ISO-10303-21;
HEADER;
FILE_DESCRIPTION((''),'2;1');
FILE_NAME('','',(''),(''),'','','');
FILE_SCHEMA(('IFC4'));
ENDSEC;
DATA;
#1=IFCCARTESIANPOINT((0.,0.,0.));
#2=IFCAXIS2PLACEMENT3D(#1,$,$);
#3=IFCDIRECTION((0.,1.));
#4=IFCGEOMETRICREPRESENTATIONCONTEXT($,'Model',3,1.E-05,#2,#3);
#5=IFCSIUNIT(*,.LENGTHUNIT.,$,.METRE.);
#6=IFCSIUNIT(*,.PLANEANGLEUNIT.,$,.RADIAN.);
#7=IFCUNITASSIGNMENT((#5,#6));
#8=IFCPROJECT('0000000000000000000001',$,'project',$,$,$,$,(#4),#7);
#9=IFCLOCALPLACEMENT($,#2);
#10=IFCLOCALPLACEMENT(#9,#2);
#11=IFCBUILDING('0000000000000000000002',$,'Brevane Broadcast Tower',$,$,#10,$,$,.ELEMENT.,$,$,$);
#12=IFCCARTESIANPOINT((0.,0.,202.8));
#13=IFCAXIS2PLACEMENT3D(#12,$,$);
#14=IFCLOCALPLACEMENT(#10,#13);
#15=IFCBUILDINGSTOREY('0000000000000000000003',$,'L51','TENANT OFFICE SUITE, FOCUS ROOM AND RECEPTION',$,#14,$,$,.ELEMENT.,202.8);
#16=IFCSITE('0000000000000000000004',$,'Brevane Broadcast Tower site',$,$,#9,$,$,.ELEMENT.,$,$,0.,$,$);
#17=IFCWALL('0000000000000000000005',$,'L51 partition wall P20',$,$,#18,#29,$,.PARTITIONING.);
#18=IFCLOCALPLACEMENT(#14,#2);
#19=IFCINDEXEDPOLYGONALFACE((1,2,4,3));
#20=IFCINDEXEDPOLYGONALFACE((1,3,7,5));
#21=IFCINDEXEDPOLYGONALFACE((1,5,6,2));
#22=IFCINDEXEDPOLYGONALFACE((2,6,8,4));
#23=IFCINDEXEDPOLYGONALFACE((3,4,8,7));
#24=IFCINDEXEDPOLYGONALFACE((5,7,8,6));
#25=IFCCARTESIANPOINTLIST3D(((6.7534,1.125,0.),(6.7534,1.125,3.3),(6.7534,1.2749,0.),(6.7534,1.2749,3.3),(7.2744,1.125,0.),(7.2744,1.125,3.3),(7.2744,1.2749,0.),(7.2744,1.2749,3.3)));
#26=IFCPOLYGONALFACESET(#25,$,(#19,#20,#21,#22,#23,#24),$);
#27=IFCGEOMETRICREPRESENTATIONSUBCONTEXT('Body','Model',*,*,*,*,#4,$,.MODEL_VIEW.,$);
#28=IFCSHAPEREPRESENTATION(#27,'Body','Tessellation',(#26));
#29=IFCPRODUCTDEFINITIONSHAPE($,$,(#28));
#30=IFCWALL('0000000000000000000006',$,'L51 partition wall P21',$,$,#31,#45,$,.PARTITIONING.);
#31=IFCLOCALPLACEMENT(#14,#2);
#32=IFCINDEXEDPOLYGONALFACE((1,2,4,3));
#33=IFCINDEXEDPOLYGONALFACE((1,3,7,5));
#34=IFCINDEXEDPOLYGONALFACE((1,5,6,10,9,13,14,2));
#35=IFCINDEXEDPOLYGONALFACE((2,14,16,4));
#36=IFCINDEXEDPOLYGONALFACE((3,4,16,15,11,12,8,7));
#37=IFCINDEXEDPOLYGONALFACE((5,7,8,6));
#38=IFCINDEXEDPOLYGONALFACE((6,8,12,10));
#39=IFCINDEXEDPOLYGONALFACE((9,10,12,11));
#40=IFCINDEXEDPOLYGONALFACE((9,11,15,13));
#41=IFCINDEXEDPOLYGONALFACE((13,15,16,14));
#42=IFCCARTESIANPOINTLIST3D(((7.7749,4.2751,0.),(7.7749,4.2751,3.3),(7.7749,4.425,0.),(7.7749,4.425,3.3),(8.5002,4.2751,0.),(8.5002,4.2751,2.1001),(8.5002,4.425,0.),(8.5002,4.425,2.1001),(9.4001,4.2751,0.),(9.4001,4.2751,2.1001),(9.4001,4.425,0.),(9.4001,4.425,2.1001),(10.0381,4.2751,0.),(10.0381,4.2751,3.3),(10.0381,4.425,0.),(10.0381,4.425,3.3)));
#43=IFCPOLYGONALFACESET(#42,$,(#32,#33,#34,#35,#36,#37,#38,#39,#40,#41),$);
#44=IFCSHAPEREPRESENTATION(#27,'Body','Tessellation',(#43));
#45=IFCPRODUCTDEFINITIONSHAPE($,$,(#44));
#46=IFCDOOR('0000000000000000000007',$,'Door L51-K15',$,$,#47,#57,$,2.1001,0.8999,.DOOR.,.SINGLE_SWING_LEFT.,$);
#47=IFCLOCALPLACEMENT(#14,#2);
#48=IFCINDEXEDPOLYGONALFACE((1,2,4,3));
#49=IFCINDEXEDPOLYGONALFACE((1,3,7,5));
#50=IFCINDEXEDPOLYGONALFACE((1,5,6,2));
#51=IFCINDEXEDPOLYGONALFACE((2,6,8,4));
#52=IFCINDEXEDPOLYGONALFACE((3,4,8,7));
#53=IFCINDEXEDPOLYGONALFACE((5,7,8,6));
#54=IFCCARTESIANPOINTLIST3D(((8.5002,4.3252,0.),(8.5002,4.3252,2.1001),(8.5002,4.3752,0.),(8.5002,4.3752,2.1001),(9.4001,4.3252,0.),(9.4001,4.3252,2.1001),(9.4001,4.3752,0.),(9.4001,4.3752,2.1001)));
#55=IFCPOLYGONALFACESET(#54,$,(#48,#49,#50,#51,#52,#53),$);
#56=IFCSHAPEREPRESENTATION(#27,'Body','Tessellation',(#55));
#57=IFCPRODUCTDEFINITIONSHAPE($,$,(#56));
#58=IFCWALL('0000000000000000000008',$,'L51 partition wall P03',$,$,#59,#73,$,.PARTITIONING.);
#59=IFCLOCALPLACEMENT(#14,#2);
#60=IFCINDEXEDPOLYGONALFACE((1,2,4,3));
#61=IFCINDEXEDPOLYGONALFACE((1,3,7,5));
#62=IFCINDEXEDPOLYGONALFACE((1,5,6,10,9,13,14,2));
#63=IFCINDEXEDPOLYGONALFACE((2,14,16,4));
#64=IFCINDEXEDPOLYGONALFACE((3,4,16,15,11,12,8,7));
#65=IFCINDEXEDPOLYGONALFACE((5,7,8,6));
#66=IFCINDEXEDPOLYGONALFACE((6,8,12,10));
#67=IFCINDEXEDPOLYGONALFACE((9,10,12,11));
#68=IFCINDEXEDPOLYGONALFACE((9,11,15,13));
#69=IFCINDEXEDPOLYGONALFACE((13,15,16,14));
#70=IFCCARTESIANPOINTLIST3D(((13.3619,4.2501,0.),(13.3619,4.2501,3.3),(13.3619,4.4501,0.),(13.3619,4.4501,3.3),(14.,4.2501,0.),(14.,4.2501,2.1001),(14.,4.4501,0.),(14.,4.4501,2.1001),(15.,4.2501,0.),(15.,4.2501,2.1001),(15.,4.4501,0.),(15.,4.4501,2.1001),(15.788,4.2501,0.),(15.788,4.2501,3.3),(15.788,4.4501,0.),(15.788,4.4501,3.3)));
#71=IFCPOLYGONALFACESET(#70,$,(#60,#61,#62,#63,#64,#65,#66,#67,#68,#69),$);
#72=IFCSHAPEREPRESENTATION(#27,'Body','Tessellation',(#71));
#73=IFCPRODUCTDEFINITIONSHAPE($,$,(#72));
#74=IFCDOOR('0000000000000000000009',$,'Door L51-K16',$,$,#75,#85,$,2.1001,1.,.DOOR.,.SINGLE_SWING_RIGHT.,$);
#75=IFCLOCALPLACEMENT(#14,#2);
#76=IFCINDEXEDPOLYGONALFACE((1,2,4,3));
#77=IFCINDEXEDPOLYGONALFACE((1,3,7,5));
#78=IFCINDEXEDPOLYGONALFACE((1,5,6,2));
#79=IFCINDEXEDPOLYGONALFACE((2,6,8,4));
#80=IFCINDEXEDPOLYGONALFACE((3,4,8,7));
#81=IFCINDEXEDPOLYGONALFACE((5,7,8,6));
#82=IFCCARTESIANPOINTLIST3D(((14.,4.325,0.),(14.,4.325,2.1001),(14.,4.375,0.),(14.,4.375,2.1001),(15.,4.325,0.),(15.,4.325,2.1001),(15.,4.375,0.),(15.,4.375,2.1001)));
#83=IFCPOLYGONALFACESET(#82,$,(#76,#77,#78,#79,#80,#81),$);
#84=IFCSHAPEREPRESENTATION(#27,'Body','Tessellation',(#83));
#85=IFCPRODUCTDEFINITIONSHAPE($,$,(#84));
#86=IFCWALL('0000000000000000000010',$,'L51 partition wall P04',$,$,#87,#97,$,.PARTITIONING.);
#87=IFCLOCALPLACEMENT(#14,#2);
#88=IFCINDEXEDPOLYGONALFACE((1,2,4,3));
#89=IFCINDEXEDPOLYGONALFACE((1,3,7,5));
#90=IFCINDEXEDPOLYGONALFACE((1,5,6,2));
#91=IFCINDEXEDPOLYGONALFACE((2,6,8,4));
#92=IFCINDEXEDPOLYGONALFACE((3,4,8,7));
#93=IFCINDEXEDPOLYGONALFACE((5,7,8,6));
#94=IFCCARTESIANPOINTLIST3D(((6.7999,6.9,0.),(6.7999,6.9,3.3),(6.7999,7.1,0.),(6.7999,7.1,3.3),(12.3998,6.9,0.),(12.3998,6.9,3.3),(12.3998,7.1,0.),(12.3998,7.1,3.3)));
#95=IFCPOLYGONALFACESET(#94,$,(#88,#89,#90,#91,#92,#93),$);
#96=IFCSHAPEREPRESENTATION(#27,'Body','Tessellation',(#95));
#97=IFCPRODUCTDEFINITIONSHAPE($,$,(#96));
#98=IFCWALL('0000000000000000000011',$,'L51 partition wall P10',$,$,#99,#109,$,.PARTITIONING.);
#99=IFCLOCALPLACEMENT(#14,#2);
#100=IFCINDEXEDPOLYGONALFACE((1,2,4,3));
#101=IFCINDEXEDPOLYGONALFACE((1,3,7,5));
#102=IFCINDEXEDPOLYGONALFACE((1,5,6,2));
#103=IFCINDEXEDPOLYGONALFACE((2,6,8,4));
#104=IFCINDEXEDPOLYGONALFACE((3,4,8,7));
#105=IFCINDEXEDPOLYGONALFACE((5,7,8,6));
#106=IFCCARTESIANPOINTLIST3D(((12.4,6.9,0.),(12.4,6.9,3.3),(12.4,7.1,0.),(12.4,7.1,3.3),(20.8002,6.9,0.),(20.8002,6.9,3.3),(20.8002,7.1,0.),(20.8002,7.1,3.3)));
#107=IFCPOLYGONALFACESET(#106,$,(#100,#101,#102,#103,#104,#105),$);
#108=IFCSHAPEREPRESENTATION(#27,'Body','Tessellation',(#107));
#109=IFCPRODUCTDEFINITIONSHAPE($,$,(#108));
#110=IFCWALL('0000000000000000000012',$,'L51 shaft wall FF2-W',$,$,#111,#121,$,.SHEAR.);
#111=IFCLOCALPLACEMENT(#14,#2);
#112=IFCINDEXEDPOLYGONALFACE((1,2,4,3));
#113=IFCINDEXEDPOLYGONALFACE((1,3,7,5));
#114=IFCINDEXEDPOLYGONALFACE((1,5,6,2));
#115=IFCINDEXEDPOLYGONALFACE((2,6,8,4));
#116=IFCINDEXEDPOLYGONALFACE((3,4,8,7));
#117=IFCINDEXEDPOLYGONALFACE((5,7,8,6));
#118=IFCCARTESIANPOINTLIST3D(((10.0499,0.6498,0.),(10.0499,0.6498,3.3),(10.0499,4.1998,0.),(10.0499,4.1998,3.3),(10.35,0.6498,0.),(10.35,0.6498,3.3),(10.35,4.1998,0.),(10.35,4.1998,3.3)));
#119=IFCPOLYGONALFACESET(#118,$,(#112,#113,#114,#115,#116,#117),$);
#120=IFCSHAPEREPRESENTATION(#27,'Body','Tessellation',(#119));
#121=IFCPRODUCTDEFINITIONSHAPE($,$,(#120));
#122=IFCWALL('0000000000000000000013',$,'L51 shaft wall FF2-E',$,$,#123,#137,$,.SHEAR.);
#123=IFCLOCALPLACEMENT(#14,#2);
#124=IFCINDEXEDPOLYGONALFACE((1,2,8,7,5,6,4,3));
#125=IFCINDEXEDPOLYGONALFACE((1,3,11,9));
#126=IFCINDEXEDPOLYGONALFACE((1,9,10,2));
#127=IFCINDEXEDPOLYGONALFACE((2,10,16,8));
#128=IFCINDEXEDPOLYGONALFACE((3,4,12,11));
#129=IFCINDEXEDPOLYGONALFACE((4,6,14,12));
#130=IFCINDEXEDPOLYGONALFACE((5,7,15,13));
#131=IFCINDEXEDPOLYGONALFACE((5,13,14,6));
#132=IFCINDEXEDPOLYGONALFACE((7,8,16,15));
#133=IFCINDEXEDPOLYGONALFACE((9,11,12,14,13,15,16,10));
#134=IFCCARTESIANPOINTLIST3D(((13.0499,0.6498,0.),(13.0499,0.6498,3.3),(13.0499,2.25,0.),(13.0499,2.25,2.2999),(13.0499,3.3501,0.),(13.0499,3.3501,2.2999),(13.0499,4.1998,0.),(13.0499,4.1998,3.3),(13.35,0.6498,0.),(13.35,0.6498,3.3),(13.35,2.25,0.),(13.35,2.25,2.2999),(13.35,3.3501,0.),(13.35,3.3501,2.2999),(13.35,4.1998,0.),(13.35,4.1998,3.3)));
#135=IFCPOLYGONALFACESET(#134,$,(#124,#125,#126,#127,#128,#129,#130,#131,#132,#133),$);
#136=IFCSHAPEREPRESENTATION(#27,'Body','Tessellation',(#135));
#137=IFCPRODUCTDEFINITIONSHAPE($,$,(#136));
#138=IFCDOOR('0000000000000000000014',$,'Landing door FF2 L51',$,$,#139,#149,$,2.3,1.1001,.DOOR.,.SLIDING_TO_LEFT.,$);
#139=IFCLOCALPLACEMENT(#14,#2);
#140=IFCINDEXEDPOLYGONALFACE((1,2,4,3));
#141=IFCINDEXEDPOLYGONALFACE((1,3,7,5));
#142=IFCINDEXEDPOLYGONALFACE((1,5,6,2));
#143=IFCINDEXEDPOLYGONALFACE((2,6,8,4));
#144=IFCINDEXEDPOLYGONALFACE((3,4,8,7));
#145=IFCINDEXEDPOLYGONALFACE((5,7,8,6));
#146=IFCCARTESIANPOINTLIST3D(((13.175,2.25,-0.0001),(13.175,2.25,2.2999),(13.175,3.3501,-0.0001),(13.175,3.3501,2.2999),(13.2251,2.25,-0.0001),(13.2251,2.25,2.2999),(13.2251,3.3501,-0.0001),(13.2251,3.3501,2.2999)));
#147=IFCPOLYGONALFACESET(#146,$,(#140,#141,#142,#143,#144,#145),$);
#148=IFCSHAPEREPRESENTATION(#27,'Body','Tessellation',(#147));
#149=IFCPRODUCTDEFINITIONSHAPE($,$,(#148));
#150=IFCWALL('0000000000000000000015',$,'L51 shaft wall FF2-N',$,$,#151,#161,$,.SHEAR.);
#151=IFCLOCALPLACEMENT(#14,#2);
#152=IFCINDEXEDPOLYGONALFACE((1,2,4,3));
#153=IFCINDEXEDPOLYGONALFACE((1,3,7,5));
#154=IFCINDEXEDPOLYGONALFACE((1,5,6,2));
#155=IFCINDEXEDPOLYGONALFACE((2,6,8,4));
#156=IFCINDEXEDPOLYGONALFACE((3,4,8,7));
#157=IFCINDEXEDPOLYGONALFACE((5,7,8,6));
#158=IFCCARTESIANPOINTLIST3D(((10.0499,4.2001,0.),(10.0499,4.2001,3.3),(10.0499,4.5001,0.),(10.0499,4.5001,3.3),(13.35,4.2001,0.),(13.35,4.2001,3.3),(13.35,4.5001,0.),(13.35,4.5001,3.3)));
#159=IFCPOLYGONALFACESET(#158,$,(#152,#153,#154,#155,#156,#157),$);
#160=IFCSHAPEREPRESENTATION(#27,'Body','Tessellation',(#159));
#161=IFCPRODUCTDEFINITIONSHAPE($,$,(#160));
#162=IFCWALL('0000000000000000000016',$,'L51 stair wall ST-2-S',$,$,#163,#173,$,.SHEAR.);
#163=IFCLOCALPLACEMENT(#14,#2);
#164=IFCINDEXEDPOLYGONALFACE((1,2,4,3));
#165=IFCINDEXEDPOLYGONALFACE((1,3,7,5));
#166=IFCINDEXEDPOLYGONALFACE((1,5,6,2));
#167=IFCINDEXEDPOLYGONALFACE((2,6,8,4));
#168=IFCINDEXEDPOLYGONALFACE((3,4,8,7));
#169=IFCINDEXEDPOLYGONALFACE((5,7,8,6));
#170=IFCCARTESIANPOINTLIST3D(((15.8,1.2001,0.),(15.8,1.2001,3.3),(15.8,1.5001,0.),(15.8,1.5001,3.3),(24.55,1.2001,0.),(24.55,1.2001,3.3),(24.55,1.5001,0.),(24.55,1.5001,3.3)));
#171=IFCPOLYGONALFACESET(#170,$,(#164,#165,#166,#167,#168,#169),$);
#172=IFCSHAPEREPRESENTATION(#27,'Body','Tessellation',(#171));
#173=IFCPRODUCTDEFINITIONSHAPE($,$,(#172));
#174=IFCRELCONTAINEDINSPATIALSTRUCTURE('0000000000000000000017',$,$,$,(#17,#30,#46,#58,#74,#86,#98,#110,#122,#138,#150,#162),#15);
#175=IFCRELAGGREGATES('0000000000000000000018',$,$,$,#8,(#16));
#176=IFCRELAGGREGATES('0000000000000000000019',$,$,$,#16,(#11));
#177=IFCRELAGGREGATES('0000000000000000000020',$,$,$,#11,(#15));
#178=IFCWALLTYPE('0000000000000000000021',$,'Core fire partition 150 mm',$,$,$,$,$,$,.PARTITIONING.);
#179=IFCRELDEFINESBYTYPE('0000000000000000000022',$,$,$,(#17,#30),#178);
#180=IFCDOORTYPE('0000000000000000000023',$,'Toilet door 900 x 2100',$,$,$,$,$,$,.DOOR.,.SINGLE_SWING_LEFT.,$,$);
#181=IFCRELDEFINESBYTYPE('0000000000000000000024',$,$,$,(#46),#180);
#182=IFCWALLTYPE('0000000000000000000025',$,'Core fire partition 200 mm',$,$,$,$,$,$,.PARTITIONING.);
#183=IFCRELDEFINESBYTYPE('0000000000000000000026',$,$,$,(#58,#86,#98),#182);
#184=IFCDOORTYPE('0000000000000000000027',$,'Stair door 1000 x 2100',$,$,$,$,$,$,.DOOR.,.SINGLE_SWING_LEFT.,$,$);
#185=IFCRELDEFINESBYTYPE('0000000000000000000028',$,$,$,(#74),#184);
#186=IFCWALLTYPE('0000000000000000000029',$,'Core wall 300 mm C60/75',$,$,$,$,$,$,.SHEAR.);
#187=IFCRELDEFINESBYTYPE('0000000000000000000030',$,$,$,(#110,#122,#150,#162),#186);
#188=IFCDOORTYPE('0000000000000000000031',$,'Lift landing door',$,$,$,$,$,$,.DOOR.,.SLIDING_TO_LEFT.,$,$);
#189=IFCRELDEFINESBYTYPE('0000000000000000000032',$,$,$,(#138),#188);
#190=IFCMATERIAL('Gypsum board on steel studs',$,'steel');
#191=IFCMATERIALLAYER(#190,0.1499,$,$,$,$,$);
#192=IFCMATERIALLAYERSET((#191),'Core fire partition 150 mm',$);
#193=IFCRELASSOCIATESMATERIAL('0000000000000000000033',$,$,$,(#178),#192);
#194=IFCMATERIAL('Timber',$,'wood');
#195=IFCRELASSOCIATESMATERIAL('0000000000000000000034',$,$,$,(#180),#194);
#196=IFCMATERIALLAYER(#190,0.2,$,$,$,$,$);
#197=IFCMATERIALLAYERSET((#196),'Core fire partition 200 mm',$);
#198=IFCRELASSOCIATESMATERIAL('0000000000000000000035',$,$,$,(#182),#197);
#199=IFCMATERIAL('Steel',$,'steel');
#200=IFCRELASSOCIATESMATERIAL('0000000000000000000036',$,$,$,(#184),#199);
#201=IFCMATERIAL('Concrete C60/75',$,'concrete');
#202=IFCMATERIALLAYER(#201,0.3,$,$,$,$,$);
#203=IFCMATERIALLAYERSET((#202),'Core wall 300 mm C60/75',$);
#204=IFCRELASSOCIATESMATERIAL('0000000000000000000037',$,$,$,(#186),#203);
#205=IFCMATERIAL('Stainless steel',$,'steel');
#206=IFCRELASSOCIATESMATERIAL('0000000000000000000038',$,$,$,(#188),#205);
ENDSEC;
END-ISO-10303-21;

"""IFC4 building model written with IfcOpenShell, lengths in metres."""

from ifc_helpers import new_model, si_unit, direction, frame, frame_2d, origin, place, context, subcontext, project, spatial, rectangle, extrude, material, layer, layer_set, type_object, element, fill, save


model = new_model("IFC4")

# Units and contexts
model_context = context("Model", 3, precision=1e-05, world=origin(), true_north=direction((0.0, 1.0)))
body_context = subcontext(model_context, "Body", "Model", "MODEL_VIEW")
ifc_project = project(units=[si_unit("LENGTHUNIT", "METRE"), si_unit("PLANEANGLEUNIT", "RADIAN")], contexts=[model_context])

# Site, building, storey
site_placement = place(None, origin())
site = spatial("IfcSite", under=ifc_project, at=site_placement, Name="Brevane Broadcast Tower site", CompositionType="ELEMENT", RefElevation=0.0)
building_placement = place(site_placement, origin())
building = spatial("IfcBuilding", under=site, at=building_placement, Name="Brevane Broadcast Tower", CompositionType="ELEMENT")
storey_placement = place(building_placement, frame((0.0, 0.0, 202.8)))
storey = spatial("IfcBuildingStorey", under=building, at=storey_placement, Name="L51", Description="TENANT OFFICE SUITE, FOCUS ROOM AND RECEPTION", CompositionType="ELEMENT", Elevation=202.8)

# Shared definitions
ifc_material_1 = material(Name="Gypsum board on steel studs", Category="steel")
ifc_layer_1 = layer(ifc_material_1, 0.1499)
ifc_layer_set_1 = layer_set([ifc_layer_1], Name="Core fire partition 150 mm")
wall_type_1 = type_object("IfcWallType", Name="Core fire partition 150 mm", PredefinedType="PARTITIONING", material=ifc_layer_set_1)

# Shared definitions
ifc_material_2 = material(Name="Timber", Category="wood")
door_type_1 = type_object("IfcDoorType", Name="Toilet door 900 x 2100", OperationType="SINGLE_SWING_LEFT", PredefinedType="DOOR", material=ifc_material_2)

# Wall
wall_1_placement = place(storey_placement, frame((7.2744, 1.2, 0.0), z_axis=(0.0, 0.0, 1.0), x_axis=(-1.0, 0.0, 0.0)))
element("IfcWall", 1, at=wall_1_placement, inside=storey, type_object=wall_type_1, Name="L51 partition wall P20", PredefinedType="PARTITIONING", context=body_context, shape_type="SweptSolid", body=[
    extrude(rectangle(XDim=0.521, YDim=0.1499, at=frame_2d((0.2605, 0.0))), origin(), (0.0, 0.0, 1.0), 3.3),
])

# Walls, openings, doors
wall_2_placement = place(storey_placement, frame((10.0381, 4.3501, 0.0), z_axis=(0.0, 0.0, 1.0), x_axis=(-1.0, 0.0, 0.0)))
wall_2 = element("IfcWall", 2, at=wall_2_placement, inside=storey, type_object=wall_type_1, Name="L51 partition wall P21", PredefinedType="PARTITIONING", context=body_context, shape_type="SweptSolid", body=[
    extrude(rectangle(XDim=2.2632, YDim=0.1499, at=frame_2d((1.1316, 0.0))), origin(), (0.0, 0.0, 1.0), 3.3),
])
opening_1_placement = place(wall_2_placement, frame((0.6379, 0.0, 0.0)))
opening_1 = element("IfcOpeningElement", 3, at=opening_1_placement, cuts=wall_2, PredefinedType="OPENING", context=body_context, shape_type="SweptSolid", body=[
    extrude(rectangle(XDim=0.8999, YDim=2.1001, at=frame_2d((0.45, 1.05))), frame((0.0, 0.085, 0.0), z_axis=(0.0, -1.0, 0.0), x_axis=(1.0, 0.0, 0.0)), (0.0, 0.0, 1.0), 0.1699),
])
door_1_placement = place(opening_1_placement, origin())
door_1 = element("IfcDoor", 4, at=door_1_placement, inside=storey, type_object=door_type_1, Name="Door L51-K15", OperationType="SINGLE_SWING_LEFT", OverallHeight=2.1001, OverallWidth=0.8999, PredefinedType="DOOR", context=body_context, shape_type="SweptSolid", body=[
    extrude(rectangle(XDim=0.8999, YDim=2.1001, at=frame_2d((0.45, 1.05))), frame((0.0, 0.0249, 0.0), z_axis=(0.0, -1.0, 0.0), x_axis=(1.0, 0.0, 0.0)), (0.0, 0.0, 1.0), 0.05),
])
fill(opening_1, door_1)
ifc_layer_2 = layer(ifc_material_1, 0.2)
ifc_layer_set_2 = layer_set([ifc_layer_2], Name="Core fire partition 200 mm")
wall_type_2 = type_object("IfcWallType", Name="Core fire partition 200 mm", PredefinedType="PARTITIONING", material=ifc_layer_set_2)
wall_3_placement = place(storey_placement, frame((13.3621, 4.3501, 0.0), z_axis=(0.0, 0.0, 1.0), x_axis=(1.0, 0.0, 0.0)))
wall_3 = element("IfcWall", 5, at=wall_3_placement, inside=storey, type_object=wall_type_2, Name="L51 partition wall P03", PredefinedType="PARTITIONING", context=body_context, shape_type="SweptSolid", body=[
    extrude(rectangle(XDim=2.426, YDim=0.2, at=frame_2d((1.2129, 0.0))), origin(), (0.0, 0.0, 1.0), 3.3),
])
opening_2_placement = place(wall_3_placement, frame((0.6379, 0.0, 0.0)))
opening_2 = element("IfcOpeningElement", 6, at=opening_2_placement, cuts=wall_3, PredefinedType="OPENING", context=body_context, shape_type="SweptSolid", body=[
    extrude(rectangle(XDim=1.0, YDim=2.1001, at=frame_2d((0.5, 1.05))), frame((0.0, 0.1099, 0.0), z_axis=(0.0, -1.0, 0.0), x_axis=(1.0, 0.0, 0.0)), (0.0, 0.0, 1.0), 0.22),
])
ifc_material_3 = material(Name="Steel", Category="steel")
door_type_2 = type_object("IfcDoorType", Name="Stair door 1000 x 2100", OperationType="SINGLE_SWING_LEFT", PredefinedType="DOOR", material=ifc_material_3)
door_2_placement = place(opening_2_placement, origin())
door_2 = element("IfcDoor", 7, at=door_2_placement, inside=storey, type_object=door_type_2, Name="Door L51-K16", OperationType="SINGLE_SWING_RIGHT", OverallHeight=2.1001, OverallWidth=1.0, PredefinedType="DOOR", context=body_context, shape_type="SweptSolid", body=[
    extrude(rectangle(XDim=1.0, YDim=2.1001, at=frame_2d((0.5, 1.05))), frame((0.0, 0.0249, 0.0), z_axis=(0.0, -1.0, 0.0), x_axis=(1.0, 0.0, 0.0)), (0.0, 0.0, 1.0), 0.05),
])
fill(opening_2, door_2)

# Walls
wall_4_placement = place(storey_placement, frame((6.8, 7.0, 0.0), z_axis=(0.0, 0.0, 1.0), x_axis=(1.0, 0.0, 0.0)))
element("IfcWall", 8, at=wall_4_placement, inside=storey, type_object=wall_type_2, Name="L51 partition wall P04", PredefinedType="PARTITIONING", context=body_context, shape_type="SweptSolid", body=[
    extrude(rectangle(XDim=5.5999, YDim=0.2, at=frame_2d((2.7998, 0.0))), origin(), (0.0, 0.0, 1.0), 3.3),
])
wall_5_placement = place(storey_placement, frame((12.3999, 7.0, 0.0), z_axis=(0.0, 0.0, 1.0), x_axis=(1.0, 0.0, 0.0)))
element("IfcWall", 9, at=wall_5_placement, inside=storey, type_object=wall_type_2, Name="L51 partition wall P10", PredefinedType="PARTITIONING", context=body_context, shape_type="SweptSolid", body=[
    extrude(rectangle(XDim=8.4001, YDim=0.2, at=frame_2d((4.2002, 0.0))), origin(), (0.0, 0.0, 1.0), 3.3),
])
ifc_material_4 = material(Name="Concrete C60/75", Category="concrete")
ifc_layer_3 = layer(ifc_material_4, 0.3)
ifc_layer_set_3 = layer_set([ifc_layer_3], Name="Core wall 300 mm C60/75")
wall_type_3 = type_object("IfcWallType", Name="Core wall 300 mm C60/75", PredefinedType="SHEAR", material=ifc_layer_set_3)
wall_6_placement = place(storey_placement, frame((10.2, 0.6499, 0.0), z_axis=(0.0, 0.0, 1.0), x_axis=(0.0, 1.0, 0.0)))
element("IfcWall", 10, at=wall_6_placement, inside=storey, type_object=wall_type_3, Name="L51 shaft wall FF2-W", PredefinedType="SHEAR", context=body_context, shape_type="SweptSolid", body=[
    extrude(rectangle(XDim=3.55, YDim=0.3, at=frame_2d((1.7749, 0.0))), origin(), (0.0, 0.0, 1.0), 3.3),
])

# Wall, opening, door
wall_7_placement = place(storey_placement, frame((13.2, 0.6499, 0.0), z_axis=(0.0, 0.0, 1.0), x_axis=(0.0, 1.0, 0.0)))
wall_7 = element("IfcWall", 11, at=wall_7_placement, inside=storey, type_object=wall_type_3, Name="L51 shaft wall FF2-E", PredefinedType="SHEAR", context=body_context, shape_type="SweptSolid", body=[
    extrude(rectangle(XDim=3.55, YDim=0.3, at=frame_2d((1.7749, 0.0))), origin(), (0.0, 0.0, 1.0), 3.3),
])
opening_3_placement = place(wall_7_placement, frame((1.6001, 0.0, 0.0)))
opening_3 = element("IfcOpeningElement", 12, at=opening_3_placement, cuts=wall_7, PredefinedType="OPENING", context=body_context, shape_type="SweptSolid", body=[
    extrude(rectangle(XDim=1.1001, YDim=2.3, at=frame_2d((0.55, 1.1499))), frame((0.0, 0.1599, 0.0), z_axis=(0.0, -1.0, 0.0), x_axis=(1.0, 0.0, 0.0)), (0.0, 0.0, 1.0), 0.3201),
])
ifc_material_5 = material(Name="Stainless steel", Category="steel")
door_type_3 = type_object("IfcDoorType", Name="Lift landing door", OperationType="SLIDING_TO_LEFT", PredefinedType="DOOR", material=ifc_material_5)
door_3_placement = place(opening_3_placement, origin())
door_3 = element("IfcDoor", 13, at=door_3_placement, inside=storey, type_object=door_type_3, Name="Landing door FF2 L51", OperationType="SLIDING_TO_LEFT", OverallHeight=2.3, OverallWidth=1.1001, PredefinedType="DOOR", context=body_context, shape_type="SweptSolid", body=[
    extrude(rectangle(XDim=1.1001, YDim=2.3, at=frame_2d((0.55, 1.1499))), frame((0.0, 0.0249, 0.0), z_axis=(0.0, -1.0, 0.0), x_axis=(1.0, 0.0, 0.0)), (0.0, 0.0, 1.0), 0.05),
])
fill(opening_3, door_3)

# Walls
wall_8_placement = place(storey_placement, frame((10.05, 4.3501, 0.0), z_axis=(0.0, 0.0, 1.0), x_axis=(1.0, 0.0, 0.0)))
element("IfcWall", 14, at=wall_8_placement, inside=storey, type_object=wall_type_3, Name="L51 shaft wall FF2-N", PredefinedType="SHEAR", context=body_context, shape_type="SweptSolid", body=[
    extrude(rectangle(XDim=3.3, YDim=0.3, at=frame_2d((1.6499, 0.0))), origin(), (0.0, 0.0, 1.0), 3.3),
])
wall_9_placement = place(storey_placement, frame((15.8, 1.3501, 0.0), z_axis=(0.0, 0.0, 1.0), x_axis=(1.0, 0.0, 0.0)))
element("IfcWall", 15, at=wall_9_placement, inside=storey, type_object=wall_type_3, Name="L51 stair wall ST-2-S", PredefinedType="SHEAR", context=body_context, shape_type="SweptSolid", body=[
    extrude(rectangle(XDim=8.75, YDim=0.3, at=frame_2d((4.375, 0.0))), origin(), (0.0, 0.0, 1.0), 3.3),
])

save(model, "model.ifc")
